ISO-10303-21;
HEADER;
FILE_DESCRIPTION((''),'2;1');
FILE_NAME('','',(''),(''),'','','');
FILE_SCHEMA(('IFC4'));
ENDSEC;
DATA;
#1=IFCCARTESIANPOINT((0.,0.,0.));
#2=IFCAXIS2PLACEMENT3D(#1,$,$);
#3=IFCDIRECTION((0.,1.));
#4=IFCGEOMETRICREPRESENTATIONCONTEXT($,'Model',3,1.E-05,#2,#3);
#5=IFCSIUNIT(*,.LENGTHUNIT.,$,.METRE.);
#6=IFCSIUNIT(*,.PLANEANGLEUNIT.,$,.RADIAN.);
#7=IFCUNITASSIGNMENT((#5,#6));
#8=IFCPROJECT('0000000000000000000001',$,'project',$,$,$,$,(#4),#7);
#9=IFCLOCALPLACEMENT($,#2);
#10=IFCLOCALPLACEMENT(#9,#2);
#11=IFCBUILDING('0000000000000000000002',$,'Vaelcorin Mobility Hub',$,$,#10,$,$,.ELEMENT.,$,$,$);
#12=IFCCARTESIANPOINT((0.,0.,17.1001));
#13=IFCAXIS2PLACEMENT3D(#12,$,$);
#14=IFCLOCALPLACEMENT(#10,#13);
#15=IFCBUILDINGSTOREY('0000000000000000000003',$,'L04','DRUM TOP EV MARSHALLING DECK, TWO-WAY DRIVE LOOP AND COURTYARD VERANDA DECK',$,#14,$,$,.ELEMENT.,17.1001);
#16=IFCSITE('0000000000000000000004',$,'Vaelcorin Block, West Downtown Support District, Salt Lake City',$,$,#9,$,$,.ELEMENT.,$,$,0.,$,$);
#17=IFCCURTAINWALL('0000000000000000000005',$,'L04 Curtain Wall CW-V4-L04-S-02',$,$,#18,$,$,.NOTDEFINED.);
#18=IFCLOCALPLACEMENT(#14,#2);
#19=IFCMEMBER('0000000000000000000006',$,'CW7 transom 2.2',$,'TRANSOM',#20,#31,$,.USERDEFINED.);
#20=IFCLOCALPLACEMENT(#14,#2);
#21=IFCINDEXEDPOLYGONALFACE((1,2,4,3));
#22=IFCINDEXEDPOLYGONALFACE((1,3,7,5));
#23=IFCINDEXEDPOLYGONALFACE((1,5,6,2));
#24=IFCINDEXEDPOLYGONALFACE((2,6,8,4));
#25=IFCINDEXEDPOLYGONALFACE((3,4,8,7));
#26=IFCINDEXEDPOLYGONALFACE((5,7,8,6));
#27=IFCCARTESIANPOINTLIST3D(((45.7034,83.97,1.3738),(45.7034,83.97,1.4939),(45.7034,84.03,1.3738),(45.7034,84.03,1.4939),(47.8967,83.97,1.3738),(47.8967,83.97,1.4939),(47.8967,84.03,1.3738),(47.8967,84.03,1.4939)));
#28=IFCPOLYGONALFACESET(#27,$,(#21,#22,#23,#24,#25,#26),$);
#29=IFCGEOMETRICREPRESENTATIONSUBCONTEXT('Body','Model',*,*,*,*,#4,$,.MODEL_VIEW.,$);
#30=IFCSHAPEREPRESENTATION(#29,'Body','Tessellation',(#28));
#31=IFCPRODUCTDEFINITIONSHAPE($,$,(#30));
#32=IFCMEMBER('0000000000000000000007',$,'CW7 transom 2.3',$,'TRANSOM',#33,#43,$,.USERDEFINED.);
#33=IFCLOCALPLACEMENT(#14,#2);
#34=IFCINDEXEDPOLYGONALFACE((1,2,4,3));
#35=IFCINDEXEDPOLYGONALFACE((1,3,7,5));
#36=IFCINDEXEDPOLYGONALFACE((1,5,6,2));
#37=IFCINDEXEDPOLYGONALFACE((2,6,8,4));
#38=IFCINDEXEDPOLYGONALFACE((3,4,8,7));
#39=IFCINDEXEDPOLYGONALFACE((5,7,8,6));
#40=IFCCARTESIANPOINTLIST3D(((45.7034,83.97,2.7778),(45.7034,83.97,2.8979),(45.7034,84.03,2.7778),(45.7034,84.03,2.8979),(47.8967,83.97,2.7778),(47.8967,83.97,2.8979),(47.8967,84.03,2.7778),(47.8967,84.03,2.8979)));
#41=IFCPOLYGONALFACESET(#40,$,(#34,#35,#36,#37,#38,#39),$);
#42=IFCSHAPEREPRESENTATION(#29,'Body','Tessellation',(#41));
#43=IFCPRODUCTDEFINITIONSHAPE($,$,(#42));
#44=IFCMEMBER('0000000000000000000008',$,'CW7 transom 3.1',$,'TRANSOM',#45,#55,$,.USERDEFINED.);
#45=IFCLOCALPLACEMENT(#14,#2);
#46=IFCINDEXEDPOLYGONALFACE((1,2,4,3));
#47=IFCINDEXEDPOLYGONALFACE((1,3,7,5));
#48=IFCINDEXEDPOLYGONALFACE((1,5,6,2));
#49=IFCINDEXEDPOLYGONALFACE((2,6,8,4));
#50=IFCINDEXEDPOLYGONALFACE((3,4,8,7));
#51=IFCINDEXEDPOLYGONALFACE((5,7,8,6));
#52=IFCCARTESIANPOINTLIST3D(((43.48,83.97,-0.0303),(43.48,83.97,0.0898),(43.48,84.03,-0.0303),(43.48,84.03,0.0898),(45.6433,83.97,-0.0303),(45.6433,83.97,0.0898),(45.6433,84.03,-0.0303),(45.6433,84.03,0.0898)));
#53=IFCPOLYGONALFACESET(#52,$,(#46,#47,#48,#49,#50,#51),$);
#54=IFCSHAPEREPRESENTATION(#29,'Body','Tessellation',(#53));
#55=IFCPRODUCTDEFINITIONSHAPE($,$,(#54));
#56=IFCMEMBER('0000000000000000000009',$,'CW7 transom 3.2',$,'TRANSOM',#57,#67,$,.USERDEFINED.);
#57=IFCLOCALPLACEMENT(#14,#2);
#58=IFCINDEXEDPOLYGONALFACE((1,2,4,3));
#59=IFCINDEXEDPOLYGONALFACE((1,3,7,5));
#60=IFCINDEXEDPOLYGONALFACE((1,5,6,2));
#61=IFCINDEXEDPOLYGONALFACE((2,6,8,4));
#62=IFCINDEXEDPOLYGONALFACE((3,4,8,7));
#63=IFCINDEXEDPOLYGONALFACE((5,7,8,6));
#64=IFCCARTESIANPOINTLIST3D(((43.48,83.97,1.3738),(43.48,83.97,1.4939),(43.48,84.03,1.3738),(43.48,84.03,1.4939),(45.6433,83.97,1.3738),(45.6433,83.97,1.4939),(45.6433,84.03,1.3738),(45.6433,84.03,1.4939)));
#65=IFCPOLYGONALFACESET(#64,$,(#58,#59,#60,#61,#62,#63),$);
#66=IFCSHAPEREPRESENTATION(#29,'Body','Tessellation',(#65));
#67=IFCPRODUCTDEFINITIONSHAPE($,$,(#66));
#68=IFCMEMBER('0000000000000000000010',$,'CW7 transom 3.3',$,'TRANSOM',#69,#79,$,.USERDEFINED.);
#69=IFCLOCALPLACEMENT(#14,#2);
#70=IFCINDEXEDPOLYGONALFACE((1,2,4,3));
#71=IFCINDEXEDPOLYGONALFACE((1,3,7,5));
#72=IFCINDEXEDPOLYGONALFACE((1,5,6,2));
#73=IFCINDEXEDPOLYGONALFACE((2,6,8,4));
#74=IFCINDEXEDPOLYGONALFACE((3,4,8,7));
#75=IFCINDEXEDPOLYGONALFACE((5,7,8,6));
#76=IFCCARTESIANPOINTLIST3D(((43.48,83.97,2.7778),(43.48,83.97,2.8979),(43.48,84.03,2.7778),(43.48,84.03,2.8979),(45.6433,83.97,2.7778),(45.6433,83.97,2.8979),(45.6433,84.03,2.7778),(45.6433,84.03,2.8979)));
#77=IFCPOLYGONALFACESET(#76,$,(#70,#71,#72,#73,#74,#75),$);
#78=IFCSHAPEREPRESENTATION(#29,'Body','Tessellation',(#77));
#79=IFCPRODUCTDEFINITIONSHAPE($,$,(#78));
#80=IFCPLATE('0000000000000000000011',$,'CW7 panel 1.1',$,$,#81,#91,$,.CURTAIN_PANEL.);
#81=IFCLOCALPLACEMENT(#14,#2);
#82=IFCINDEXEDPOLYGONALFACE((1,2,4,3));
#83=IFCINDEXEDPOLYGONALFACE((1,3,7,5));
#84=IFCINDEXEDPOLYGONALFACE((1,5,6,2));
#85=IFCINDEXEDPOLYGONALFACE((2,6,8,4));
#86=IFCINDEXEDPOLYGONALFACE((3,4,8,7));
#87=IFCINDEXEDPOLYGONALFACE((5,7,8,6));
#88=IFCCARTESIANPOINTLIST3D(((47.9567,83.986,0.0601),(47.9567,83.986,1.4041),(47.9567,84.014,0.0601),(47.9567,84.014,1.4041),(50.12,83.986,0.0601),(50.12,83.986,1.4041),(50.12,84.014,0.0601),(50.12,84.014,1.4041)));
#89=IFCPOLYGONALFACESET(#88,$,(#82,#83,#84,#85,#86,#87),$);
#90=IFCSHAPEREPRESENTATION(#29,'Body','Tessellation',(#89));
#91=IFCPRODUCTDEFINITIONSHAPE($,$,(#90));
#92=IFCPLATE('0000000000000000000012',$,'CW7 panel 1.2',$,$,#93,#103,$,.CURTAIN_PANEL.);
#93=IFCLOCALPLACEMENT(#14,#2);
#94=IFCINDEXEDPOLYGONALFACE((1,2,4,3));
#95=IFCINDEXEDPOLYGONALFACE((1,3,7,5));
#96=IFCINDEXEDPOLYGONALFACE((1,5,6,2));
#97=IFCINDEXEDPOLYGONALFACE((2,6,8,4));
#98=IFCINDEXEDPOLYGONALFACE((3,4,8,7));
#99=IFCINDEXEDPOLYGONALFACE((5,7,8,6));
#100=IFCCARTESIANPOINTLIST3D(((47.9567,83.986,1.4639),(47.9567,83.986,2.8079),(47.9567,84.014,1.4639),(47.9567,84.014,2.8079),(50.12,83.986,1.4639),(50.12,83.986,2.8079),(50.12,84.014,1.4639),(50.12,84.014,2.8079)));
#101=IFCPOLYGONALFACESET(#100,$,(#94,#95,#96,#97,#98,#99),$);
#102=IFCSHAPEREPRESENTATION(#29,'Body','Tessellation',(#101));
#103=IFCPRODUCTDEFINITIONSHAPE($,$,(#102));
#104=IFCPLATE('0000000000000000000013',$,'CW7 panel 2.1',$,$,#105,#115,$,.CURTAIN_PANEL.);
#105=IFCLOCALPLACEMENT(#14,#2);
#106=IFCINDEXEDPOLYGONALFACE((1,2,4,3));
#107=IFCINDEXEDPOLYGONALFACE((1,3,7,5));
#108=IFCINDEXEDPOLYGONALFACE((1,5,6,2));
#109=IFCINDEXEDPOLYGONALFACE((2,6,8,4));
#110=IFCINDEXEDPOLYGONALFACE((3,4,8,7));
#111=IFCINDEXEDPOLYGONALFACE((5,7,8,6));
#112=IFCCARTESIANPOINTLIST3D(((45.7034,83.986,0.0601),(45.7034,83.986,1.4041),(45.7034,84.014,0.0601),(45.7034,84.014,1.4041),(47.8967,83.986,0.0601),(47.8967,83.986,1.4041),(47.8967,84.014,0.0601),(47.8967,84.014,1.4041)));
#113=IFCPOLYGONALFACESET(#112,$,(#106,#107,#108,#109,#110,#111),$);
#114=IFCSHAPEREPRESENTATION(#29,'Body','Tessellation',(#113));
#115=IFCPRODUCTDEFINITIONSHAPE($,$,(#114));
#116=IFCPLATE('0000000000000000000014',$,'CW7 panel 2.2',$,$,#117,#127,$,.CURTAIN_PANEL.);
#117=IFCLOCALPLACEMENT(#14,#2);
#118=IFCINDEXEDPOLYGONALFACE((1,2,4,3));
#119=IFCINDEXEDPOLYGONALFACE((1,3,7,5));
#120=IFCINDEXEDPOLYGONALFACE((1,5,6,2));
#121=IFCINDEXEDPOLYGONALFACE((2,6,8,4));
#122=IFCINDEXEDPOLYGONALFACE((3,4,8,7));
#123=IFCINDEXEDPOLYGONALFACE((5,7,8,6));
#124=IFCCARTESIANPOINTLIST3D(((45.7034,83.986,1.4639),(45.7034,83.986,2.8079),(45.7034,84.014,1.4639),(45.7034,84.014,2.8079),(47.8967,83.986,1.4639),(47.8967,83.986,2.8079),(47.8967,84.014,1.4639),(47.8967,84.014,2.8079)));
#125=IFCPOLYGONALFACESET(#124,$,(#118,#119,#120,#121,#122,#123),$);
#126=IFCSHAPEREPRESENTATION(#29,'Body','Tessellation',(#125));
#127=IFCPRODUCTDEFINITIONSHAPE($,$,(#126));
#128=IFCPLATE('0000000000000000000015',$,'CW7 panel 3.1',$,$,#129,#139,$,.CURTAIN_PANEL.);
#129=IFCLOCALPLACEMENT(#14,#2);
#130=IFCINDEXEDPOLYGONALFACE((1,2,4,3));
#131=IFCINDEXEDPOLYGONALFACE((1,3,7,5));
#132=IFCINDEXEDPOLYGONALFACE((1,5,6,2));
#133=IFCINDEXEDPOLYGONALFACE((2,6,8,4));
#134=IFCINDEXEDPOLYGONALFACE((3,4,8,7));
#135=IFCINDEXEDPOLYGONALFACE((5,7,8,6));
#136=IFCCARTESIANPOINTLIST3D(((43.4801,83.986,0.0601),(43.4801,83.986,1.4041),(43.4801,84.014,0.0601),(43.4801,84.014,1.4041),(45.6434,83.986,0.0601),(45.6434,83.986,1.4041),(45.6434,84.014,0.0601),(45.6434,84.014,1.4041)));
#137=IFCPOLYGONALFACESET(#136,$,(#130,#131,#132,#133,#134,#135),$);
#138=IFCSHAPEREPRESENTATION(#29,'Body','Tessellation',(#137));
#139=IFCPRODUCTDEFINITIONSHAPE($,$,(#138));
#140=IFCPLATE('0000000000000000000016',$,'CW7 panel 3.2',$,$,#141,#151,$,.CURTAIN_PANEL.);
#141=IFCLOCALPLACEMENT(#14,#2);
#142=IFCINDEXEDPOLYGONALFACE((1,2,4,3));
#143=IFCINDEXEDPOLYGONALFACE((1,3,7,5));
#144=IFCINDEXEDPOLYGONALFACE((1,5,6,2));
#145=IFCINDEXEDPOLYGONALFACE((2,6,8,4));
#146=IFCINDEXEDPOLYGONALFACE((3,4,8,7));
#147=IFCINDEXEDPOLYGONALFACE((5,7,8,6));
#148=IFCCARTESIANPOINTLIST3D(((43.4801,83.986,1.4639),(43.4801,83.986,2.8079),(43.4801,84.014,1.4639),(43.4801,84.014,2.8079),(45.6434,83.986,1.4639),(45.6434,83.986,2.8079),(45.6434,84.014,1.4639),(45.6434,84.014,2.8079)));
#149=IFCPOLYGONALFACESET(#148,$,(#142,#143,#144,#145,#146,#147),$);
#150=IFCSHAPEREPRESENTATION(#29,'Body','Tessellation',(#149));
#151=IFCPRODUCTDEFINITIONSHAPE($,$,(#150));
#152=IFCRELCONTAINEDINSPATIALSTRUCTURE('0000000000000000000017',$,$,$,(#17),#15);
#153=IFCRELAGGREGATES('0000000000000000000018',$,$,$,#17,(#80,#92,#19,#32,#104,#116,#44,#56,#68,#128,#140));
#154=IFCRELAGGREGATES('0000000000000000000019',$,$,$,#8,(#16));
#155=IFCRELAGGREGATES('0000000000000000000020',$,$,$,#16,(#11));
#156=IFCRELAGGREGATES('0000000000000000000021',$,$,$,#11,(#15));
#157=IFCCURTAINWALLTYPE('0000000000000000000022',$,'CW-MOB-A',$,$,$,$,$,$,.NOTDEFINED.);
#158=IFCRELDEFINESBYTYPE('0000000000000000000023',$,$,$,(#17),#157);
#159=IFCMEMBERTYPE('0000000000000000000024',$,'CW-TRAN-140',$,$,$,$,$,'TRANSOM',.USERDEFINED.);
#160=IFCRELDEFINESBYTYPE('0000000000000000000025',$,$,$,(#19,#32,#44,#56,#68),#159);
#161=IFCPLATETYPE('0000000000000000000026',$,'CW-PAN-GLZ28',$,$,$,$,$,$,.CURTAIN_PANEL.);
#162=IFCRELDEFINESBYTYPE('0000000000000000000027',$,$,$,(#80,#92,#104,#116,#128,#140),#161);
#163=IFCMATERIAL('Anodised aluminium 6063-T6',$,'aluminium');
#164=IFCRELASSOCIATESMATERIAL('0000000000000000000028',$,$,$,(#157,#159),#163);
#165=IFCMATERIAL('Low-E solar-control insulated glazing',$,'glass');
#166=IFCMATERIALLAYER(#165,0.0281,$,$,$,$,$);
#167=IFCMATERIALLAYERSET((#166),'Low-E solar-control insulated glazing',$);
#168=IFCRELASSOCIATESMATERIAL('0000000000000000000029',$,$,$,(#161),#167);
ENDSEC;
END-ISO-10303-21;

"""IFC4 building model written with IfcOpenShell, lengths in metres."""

from ifc_helpers import new_model, si_unit, direction, frame, origin, origin_2d, place, context, subcontext, project, spatial, rectangle, extrude, material, layer, layer_set, material_profile, profile_set, type_object, element, aggregate, save


model = new_model("IFC4")

# Units and contexts
model_context = context("Model", 3, precision=1e-05, world=origin(), true_north=direction((0.0, 1.0)))
body_context = subcontext(model_context, "Body", "Model", "MODEL_VIEW")
ifc_project = project(units=[si_unit("LENGTHUNIT", "METRE"), si_unit("PLANEANGLEUNIT", "RADIAN")], contexts=[model_context])

# Site, building, storey
site_placement = place(None, origin())
site = spatial("IfcSite", under=ifc_project, at=site_placement, Name="Vaelcorin Block, West Downtown Support District, Salt Lake City", CompositionType="ELEMENT", RefElevation=0.0)
building_placement = place(site_placement, origin())
building = spatial("IfcBuilding", under=site, at=building_placement, Name="Vaelcorin Mobility Hub", CompositionType="ELEMENT")
storey_placement = place(building_placement, frame((0.0, 0.0, 17.1001)))
storey = spatial("IfcBuildingStorey", under=building, at=storey_placement, Name="L04", Description="DRUM TOP EV MARSHALLING DECK, TWO-WAY DRIVE LOOP AND COURTYARD VERANDA DECK", CompositionType="ELEMENT", Elevation=17.1001)

# Curtain wall, members, plates
ifc_material_1 = material(Name="Anodised aluminium 6063-T6", Category="aluminium")
curtain_wall_type = type_object("IfcCurtainWallType", Name="CW-MOB-A", PredefinedType="NOTDEFINED", material=ifc_material_1)
curtain_wall_placement = place(storey_placement, origin())
curtain_wall = element("IfcCurtainWall", 1, at=curtain_wall_placement, inside=storey, type_object=curtain_wall_type, Name="L04 Curtain Wall CW-V4-L04-S-02", PredefinedType="NOTDEFINED")
ifc_material_profile_1 = material_profile(ifc_material_1, rectangle(XDim=0.0601, YDim=0.1201, at=origin_2d()), Name="ALU-T60X120")
ifc_profile_set_1 = profile_set([ifc_material_profile_1], Name="Anodised aluminium 6063-T6")
member_type_1 = type_object("IfcMemberType", Name="CW-TRAN-140", ElementType="TRANSOM", PredefinedType="USERDEFINED", material=ifc_profile_set_1)
member_1_placement = place(storey_placement, frame((47.8967, 84.0, 1.4338), z_axis=(-1.0, 0.0, 0.0), x_axis=(0.0, -1.0, 0.0)))
member_1 = element("IfcMember", 2, at=member_1_placement, type_object=member_type_1, Name="CW7 transom 2.2", ObjectType="TRANSOM", PredefinedType="USERDEFINED", context=body_context, shape_type="SweptSolid", body=[
    extrude(rectangle(XDim=0.0601, YDim=0.1201, at=origin_2d()), origin(), (0.0, 0.0, 1.0), 2.1934),
])
member_2_placement = place(storey_placement, frame((47.8967, 84.0, 2.8379), z_axis=(-1.0, 0.0, 0.0), x_axis=(0.0, -1.0, 0.0)))
member_2 = element("IfcMember", 3, at=member_2_placement, type_object=member_type_1, Name="CW7 transom 2.3", ObjectType="TRANSOM", PredefinedType="USERDEFINED", context=body_context, shape_type="SweptSolid", body=[
    extrude(rectangle(XDim=0.0601, YDim=0.1201, at=origin_2d()), origin(), (0.0, 0.0, 1.0), 2.1934),
])
member_3_placement = place(storey_placement, frame((45.6433, 84.0, 0.0298), z_axis=(-1.0, 0.0, 0.0), x_axis=(0.0, -1.0, 0.0)))
member_3 = element("IfcMember", 4, at=member_3_placement, type_object=member_type_1, Name="CW7 transom 3.1", ObjectType="TRANSOM", PredefinedType="USERDEFINED", context=body_context, shape_type="SweptSolid", body=[
    extrude(rectangle(XDim=0.0601, YDim=0.1201, at=origin_2d()), origin(), (0.0, 0.0, 1.0), 2.1633),
])
member_4_placement = place(storey_placement, frame((45.6433, 84.0, 1.4338), z_axis=(-1.0, 0.0, 0.0), x_axis=(0.0, -1.0, 0.0)))
member_4 = element("IfcMember", 5, at=member_4_placement, type_object=member_type_1, Name="CW7 transom 3.2", ObjectType="TRANSOM", PredefinedType="USERDEFINED", context=body_context, shape_type="SweptSolid", body=[
    extrude(rectangle(XDim=0.0601, YDim=0.1201, at=origin_2d()), origin(), (0.0, 0.0, 1.0), 2.1633),
])
member_5_placement = place(storey_placement, frame((45.6433, 84.0, 2.8379), z_axis=(-1.0, 0.0, 0.0), x_axis=(0.0, -1.0, 0.0)))
member_5 = element("IfcMember", 6, at=member_5_placement, type_object=member_type_1, Name="CW7 transom 3.3", ObjectType="TRANSOM", PredefinedType="USERDEFINED", context=body_context, shape_type="SweptSolid", body=[
    extrude(rectangle(XDim=0.0601, YDim=0.1201, at=origin_2d()), origin(), (0.0, 0.0, 1.0), 2.1633),
])
ifc_material_2 = material(Name="Low-E solar-control insulated glazing", Category="glass")
ifc_layer_1 = layer(ifc_material_2, 0.0281)
ifc_layer_set_1 = layer_set([ifc_layer_1], Name="Low-E solar-control insulated glazing")
plate_type = type_object("IfcPlateType", Name="CW-PAN-GLZ28", PredefinedType="CURTAIN_PANEL", material=ifc_layer_set_1)
plate_1_placement = place(storey_placement, frame((49.0383, 84.0, 0.0601), z_axis=(0.0, 0.0, 1.0), x_axis=(-1.0, 0.0, 0.0)))
plate_1 = element("IfcPlate", 7, at=plate_1_placement, type_object=plate_type, Name="CW7 panel 1.1", PredefinedType="CURTAIN_PANEL", context=body_context, shape_type="SweptSolid", body=[
    extrude(rectangle(XDim=2.1633, YDim=0.0281, at=origin_2d()), origin(), (0.0, 0.0, 1.0), 1.344),
])
plate_2_placement = place(storey_placement, frame((49.0383, 84.0, 1.4639), z_axis=(0.0, 0.0, 1.0), x_axis=(-1.0, 0.0, 0.0)))
plate_2 = element("IfcPlate", 8, at=plate_2_placement, type_object=plate_type, Name="CW7 panel 1.2", PredefinedType="CURTAIN_PANEL", context=body_context, shape_type="SweptSolid", body=[
    extrude(rectangle(XDim=2.1633, YDim=0.0281, at=origin_2d()), origin(), (0.0, 0.0, 1.0), 1.344),
])
plate_3_placement = place(storey_placement, frame((46.8, 84.0, 0.0601), z_axis=(0.0, 0.0, 1.0), x_axis=(-1.0, 0.0, 0.0)))
plate_3 = element("IfcPlate", 9, at=plate_3_placement, type_object=plate_type, Name="CW7 panel 2.1", PredefinedType="CURTAIN_PANEL", context=body_context, shape_type="SweptSolid", body=[
    extrude(rectangle(XDim=2.1934, YDim=0.0281, at=origin_2d()), origin(), (0.0, 0.0, 1.0), 1.344),
])
plate_4_placement = place(storey_placement, frame((46.8, 84.0, 1.4639), z_axis=(0.0, 0.0, 1.0), x_axis=(-1.0, 0.0, 0.0)))
plate_4 = element("IfcPlate", 10, at=plate_4_placement, type_object=plate_type, Name="CW7 panel 2.2", PredefinedType="CURTAIN_PANEL", context=body_context, shape_type="SweptSolid", body=[
    extrude(rectangle(XDim=2.1934, YDim=0.0281, at=origin_2d()), origin(), (0.0, 0.0, 1.0), 1.344),
])
plate_5_placement = place(storey_placement, frame((44.5618, 84.0, 0.0601), z_axis=(0.0, 0.0, 1.0), x_axis=(-1.0, 0.0, 0.0)))
plate_5 = element("IfcPlate", 11, at=plate_5_placement, type_object=plate_type, Name="CW7 panel 3.1", PredefinedType="CURTAIN_PANEL", context=body_context, shape_type="SweptSolid", body=[
    extrude(rectangle(XDim=2.1633, YDim=0.0281, at=origin_2d()), origin(), (0.0, 0.0, 1.0), 1.344),
])
plate_6_placement = place(storey_placement, frame((44.5618, 84.0, 1.4639), z_axis=(0.0, 0.0, 1.0), x_axis=(-1.0, 0.0, 0.0)))
plate_6 = element("IfcPlate", 12, at=plate_6_placement, type_object=plate_type, Name="CW7 panel 3.2", PredefinedType="CURTAIN_PANEL", context=body_context, shape_type="SweptSolid", body=[
    extrude(rectangle(XDim=2.1633, YDim=0.0281, at=origin_2d()), origin(), (0.0, 0.0, 1.0), 1.344),
])
aggregate(curtain_wall, [plate_1, plate_2, member_1, member_2, plate_3, plate_4, member_3, member_4, member_5, plate_5, plate_6])

save(model, "model.ifc")
